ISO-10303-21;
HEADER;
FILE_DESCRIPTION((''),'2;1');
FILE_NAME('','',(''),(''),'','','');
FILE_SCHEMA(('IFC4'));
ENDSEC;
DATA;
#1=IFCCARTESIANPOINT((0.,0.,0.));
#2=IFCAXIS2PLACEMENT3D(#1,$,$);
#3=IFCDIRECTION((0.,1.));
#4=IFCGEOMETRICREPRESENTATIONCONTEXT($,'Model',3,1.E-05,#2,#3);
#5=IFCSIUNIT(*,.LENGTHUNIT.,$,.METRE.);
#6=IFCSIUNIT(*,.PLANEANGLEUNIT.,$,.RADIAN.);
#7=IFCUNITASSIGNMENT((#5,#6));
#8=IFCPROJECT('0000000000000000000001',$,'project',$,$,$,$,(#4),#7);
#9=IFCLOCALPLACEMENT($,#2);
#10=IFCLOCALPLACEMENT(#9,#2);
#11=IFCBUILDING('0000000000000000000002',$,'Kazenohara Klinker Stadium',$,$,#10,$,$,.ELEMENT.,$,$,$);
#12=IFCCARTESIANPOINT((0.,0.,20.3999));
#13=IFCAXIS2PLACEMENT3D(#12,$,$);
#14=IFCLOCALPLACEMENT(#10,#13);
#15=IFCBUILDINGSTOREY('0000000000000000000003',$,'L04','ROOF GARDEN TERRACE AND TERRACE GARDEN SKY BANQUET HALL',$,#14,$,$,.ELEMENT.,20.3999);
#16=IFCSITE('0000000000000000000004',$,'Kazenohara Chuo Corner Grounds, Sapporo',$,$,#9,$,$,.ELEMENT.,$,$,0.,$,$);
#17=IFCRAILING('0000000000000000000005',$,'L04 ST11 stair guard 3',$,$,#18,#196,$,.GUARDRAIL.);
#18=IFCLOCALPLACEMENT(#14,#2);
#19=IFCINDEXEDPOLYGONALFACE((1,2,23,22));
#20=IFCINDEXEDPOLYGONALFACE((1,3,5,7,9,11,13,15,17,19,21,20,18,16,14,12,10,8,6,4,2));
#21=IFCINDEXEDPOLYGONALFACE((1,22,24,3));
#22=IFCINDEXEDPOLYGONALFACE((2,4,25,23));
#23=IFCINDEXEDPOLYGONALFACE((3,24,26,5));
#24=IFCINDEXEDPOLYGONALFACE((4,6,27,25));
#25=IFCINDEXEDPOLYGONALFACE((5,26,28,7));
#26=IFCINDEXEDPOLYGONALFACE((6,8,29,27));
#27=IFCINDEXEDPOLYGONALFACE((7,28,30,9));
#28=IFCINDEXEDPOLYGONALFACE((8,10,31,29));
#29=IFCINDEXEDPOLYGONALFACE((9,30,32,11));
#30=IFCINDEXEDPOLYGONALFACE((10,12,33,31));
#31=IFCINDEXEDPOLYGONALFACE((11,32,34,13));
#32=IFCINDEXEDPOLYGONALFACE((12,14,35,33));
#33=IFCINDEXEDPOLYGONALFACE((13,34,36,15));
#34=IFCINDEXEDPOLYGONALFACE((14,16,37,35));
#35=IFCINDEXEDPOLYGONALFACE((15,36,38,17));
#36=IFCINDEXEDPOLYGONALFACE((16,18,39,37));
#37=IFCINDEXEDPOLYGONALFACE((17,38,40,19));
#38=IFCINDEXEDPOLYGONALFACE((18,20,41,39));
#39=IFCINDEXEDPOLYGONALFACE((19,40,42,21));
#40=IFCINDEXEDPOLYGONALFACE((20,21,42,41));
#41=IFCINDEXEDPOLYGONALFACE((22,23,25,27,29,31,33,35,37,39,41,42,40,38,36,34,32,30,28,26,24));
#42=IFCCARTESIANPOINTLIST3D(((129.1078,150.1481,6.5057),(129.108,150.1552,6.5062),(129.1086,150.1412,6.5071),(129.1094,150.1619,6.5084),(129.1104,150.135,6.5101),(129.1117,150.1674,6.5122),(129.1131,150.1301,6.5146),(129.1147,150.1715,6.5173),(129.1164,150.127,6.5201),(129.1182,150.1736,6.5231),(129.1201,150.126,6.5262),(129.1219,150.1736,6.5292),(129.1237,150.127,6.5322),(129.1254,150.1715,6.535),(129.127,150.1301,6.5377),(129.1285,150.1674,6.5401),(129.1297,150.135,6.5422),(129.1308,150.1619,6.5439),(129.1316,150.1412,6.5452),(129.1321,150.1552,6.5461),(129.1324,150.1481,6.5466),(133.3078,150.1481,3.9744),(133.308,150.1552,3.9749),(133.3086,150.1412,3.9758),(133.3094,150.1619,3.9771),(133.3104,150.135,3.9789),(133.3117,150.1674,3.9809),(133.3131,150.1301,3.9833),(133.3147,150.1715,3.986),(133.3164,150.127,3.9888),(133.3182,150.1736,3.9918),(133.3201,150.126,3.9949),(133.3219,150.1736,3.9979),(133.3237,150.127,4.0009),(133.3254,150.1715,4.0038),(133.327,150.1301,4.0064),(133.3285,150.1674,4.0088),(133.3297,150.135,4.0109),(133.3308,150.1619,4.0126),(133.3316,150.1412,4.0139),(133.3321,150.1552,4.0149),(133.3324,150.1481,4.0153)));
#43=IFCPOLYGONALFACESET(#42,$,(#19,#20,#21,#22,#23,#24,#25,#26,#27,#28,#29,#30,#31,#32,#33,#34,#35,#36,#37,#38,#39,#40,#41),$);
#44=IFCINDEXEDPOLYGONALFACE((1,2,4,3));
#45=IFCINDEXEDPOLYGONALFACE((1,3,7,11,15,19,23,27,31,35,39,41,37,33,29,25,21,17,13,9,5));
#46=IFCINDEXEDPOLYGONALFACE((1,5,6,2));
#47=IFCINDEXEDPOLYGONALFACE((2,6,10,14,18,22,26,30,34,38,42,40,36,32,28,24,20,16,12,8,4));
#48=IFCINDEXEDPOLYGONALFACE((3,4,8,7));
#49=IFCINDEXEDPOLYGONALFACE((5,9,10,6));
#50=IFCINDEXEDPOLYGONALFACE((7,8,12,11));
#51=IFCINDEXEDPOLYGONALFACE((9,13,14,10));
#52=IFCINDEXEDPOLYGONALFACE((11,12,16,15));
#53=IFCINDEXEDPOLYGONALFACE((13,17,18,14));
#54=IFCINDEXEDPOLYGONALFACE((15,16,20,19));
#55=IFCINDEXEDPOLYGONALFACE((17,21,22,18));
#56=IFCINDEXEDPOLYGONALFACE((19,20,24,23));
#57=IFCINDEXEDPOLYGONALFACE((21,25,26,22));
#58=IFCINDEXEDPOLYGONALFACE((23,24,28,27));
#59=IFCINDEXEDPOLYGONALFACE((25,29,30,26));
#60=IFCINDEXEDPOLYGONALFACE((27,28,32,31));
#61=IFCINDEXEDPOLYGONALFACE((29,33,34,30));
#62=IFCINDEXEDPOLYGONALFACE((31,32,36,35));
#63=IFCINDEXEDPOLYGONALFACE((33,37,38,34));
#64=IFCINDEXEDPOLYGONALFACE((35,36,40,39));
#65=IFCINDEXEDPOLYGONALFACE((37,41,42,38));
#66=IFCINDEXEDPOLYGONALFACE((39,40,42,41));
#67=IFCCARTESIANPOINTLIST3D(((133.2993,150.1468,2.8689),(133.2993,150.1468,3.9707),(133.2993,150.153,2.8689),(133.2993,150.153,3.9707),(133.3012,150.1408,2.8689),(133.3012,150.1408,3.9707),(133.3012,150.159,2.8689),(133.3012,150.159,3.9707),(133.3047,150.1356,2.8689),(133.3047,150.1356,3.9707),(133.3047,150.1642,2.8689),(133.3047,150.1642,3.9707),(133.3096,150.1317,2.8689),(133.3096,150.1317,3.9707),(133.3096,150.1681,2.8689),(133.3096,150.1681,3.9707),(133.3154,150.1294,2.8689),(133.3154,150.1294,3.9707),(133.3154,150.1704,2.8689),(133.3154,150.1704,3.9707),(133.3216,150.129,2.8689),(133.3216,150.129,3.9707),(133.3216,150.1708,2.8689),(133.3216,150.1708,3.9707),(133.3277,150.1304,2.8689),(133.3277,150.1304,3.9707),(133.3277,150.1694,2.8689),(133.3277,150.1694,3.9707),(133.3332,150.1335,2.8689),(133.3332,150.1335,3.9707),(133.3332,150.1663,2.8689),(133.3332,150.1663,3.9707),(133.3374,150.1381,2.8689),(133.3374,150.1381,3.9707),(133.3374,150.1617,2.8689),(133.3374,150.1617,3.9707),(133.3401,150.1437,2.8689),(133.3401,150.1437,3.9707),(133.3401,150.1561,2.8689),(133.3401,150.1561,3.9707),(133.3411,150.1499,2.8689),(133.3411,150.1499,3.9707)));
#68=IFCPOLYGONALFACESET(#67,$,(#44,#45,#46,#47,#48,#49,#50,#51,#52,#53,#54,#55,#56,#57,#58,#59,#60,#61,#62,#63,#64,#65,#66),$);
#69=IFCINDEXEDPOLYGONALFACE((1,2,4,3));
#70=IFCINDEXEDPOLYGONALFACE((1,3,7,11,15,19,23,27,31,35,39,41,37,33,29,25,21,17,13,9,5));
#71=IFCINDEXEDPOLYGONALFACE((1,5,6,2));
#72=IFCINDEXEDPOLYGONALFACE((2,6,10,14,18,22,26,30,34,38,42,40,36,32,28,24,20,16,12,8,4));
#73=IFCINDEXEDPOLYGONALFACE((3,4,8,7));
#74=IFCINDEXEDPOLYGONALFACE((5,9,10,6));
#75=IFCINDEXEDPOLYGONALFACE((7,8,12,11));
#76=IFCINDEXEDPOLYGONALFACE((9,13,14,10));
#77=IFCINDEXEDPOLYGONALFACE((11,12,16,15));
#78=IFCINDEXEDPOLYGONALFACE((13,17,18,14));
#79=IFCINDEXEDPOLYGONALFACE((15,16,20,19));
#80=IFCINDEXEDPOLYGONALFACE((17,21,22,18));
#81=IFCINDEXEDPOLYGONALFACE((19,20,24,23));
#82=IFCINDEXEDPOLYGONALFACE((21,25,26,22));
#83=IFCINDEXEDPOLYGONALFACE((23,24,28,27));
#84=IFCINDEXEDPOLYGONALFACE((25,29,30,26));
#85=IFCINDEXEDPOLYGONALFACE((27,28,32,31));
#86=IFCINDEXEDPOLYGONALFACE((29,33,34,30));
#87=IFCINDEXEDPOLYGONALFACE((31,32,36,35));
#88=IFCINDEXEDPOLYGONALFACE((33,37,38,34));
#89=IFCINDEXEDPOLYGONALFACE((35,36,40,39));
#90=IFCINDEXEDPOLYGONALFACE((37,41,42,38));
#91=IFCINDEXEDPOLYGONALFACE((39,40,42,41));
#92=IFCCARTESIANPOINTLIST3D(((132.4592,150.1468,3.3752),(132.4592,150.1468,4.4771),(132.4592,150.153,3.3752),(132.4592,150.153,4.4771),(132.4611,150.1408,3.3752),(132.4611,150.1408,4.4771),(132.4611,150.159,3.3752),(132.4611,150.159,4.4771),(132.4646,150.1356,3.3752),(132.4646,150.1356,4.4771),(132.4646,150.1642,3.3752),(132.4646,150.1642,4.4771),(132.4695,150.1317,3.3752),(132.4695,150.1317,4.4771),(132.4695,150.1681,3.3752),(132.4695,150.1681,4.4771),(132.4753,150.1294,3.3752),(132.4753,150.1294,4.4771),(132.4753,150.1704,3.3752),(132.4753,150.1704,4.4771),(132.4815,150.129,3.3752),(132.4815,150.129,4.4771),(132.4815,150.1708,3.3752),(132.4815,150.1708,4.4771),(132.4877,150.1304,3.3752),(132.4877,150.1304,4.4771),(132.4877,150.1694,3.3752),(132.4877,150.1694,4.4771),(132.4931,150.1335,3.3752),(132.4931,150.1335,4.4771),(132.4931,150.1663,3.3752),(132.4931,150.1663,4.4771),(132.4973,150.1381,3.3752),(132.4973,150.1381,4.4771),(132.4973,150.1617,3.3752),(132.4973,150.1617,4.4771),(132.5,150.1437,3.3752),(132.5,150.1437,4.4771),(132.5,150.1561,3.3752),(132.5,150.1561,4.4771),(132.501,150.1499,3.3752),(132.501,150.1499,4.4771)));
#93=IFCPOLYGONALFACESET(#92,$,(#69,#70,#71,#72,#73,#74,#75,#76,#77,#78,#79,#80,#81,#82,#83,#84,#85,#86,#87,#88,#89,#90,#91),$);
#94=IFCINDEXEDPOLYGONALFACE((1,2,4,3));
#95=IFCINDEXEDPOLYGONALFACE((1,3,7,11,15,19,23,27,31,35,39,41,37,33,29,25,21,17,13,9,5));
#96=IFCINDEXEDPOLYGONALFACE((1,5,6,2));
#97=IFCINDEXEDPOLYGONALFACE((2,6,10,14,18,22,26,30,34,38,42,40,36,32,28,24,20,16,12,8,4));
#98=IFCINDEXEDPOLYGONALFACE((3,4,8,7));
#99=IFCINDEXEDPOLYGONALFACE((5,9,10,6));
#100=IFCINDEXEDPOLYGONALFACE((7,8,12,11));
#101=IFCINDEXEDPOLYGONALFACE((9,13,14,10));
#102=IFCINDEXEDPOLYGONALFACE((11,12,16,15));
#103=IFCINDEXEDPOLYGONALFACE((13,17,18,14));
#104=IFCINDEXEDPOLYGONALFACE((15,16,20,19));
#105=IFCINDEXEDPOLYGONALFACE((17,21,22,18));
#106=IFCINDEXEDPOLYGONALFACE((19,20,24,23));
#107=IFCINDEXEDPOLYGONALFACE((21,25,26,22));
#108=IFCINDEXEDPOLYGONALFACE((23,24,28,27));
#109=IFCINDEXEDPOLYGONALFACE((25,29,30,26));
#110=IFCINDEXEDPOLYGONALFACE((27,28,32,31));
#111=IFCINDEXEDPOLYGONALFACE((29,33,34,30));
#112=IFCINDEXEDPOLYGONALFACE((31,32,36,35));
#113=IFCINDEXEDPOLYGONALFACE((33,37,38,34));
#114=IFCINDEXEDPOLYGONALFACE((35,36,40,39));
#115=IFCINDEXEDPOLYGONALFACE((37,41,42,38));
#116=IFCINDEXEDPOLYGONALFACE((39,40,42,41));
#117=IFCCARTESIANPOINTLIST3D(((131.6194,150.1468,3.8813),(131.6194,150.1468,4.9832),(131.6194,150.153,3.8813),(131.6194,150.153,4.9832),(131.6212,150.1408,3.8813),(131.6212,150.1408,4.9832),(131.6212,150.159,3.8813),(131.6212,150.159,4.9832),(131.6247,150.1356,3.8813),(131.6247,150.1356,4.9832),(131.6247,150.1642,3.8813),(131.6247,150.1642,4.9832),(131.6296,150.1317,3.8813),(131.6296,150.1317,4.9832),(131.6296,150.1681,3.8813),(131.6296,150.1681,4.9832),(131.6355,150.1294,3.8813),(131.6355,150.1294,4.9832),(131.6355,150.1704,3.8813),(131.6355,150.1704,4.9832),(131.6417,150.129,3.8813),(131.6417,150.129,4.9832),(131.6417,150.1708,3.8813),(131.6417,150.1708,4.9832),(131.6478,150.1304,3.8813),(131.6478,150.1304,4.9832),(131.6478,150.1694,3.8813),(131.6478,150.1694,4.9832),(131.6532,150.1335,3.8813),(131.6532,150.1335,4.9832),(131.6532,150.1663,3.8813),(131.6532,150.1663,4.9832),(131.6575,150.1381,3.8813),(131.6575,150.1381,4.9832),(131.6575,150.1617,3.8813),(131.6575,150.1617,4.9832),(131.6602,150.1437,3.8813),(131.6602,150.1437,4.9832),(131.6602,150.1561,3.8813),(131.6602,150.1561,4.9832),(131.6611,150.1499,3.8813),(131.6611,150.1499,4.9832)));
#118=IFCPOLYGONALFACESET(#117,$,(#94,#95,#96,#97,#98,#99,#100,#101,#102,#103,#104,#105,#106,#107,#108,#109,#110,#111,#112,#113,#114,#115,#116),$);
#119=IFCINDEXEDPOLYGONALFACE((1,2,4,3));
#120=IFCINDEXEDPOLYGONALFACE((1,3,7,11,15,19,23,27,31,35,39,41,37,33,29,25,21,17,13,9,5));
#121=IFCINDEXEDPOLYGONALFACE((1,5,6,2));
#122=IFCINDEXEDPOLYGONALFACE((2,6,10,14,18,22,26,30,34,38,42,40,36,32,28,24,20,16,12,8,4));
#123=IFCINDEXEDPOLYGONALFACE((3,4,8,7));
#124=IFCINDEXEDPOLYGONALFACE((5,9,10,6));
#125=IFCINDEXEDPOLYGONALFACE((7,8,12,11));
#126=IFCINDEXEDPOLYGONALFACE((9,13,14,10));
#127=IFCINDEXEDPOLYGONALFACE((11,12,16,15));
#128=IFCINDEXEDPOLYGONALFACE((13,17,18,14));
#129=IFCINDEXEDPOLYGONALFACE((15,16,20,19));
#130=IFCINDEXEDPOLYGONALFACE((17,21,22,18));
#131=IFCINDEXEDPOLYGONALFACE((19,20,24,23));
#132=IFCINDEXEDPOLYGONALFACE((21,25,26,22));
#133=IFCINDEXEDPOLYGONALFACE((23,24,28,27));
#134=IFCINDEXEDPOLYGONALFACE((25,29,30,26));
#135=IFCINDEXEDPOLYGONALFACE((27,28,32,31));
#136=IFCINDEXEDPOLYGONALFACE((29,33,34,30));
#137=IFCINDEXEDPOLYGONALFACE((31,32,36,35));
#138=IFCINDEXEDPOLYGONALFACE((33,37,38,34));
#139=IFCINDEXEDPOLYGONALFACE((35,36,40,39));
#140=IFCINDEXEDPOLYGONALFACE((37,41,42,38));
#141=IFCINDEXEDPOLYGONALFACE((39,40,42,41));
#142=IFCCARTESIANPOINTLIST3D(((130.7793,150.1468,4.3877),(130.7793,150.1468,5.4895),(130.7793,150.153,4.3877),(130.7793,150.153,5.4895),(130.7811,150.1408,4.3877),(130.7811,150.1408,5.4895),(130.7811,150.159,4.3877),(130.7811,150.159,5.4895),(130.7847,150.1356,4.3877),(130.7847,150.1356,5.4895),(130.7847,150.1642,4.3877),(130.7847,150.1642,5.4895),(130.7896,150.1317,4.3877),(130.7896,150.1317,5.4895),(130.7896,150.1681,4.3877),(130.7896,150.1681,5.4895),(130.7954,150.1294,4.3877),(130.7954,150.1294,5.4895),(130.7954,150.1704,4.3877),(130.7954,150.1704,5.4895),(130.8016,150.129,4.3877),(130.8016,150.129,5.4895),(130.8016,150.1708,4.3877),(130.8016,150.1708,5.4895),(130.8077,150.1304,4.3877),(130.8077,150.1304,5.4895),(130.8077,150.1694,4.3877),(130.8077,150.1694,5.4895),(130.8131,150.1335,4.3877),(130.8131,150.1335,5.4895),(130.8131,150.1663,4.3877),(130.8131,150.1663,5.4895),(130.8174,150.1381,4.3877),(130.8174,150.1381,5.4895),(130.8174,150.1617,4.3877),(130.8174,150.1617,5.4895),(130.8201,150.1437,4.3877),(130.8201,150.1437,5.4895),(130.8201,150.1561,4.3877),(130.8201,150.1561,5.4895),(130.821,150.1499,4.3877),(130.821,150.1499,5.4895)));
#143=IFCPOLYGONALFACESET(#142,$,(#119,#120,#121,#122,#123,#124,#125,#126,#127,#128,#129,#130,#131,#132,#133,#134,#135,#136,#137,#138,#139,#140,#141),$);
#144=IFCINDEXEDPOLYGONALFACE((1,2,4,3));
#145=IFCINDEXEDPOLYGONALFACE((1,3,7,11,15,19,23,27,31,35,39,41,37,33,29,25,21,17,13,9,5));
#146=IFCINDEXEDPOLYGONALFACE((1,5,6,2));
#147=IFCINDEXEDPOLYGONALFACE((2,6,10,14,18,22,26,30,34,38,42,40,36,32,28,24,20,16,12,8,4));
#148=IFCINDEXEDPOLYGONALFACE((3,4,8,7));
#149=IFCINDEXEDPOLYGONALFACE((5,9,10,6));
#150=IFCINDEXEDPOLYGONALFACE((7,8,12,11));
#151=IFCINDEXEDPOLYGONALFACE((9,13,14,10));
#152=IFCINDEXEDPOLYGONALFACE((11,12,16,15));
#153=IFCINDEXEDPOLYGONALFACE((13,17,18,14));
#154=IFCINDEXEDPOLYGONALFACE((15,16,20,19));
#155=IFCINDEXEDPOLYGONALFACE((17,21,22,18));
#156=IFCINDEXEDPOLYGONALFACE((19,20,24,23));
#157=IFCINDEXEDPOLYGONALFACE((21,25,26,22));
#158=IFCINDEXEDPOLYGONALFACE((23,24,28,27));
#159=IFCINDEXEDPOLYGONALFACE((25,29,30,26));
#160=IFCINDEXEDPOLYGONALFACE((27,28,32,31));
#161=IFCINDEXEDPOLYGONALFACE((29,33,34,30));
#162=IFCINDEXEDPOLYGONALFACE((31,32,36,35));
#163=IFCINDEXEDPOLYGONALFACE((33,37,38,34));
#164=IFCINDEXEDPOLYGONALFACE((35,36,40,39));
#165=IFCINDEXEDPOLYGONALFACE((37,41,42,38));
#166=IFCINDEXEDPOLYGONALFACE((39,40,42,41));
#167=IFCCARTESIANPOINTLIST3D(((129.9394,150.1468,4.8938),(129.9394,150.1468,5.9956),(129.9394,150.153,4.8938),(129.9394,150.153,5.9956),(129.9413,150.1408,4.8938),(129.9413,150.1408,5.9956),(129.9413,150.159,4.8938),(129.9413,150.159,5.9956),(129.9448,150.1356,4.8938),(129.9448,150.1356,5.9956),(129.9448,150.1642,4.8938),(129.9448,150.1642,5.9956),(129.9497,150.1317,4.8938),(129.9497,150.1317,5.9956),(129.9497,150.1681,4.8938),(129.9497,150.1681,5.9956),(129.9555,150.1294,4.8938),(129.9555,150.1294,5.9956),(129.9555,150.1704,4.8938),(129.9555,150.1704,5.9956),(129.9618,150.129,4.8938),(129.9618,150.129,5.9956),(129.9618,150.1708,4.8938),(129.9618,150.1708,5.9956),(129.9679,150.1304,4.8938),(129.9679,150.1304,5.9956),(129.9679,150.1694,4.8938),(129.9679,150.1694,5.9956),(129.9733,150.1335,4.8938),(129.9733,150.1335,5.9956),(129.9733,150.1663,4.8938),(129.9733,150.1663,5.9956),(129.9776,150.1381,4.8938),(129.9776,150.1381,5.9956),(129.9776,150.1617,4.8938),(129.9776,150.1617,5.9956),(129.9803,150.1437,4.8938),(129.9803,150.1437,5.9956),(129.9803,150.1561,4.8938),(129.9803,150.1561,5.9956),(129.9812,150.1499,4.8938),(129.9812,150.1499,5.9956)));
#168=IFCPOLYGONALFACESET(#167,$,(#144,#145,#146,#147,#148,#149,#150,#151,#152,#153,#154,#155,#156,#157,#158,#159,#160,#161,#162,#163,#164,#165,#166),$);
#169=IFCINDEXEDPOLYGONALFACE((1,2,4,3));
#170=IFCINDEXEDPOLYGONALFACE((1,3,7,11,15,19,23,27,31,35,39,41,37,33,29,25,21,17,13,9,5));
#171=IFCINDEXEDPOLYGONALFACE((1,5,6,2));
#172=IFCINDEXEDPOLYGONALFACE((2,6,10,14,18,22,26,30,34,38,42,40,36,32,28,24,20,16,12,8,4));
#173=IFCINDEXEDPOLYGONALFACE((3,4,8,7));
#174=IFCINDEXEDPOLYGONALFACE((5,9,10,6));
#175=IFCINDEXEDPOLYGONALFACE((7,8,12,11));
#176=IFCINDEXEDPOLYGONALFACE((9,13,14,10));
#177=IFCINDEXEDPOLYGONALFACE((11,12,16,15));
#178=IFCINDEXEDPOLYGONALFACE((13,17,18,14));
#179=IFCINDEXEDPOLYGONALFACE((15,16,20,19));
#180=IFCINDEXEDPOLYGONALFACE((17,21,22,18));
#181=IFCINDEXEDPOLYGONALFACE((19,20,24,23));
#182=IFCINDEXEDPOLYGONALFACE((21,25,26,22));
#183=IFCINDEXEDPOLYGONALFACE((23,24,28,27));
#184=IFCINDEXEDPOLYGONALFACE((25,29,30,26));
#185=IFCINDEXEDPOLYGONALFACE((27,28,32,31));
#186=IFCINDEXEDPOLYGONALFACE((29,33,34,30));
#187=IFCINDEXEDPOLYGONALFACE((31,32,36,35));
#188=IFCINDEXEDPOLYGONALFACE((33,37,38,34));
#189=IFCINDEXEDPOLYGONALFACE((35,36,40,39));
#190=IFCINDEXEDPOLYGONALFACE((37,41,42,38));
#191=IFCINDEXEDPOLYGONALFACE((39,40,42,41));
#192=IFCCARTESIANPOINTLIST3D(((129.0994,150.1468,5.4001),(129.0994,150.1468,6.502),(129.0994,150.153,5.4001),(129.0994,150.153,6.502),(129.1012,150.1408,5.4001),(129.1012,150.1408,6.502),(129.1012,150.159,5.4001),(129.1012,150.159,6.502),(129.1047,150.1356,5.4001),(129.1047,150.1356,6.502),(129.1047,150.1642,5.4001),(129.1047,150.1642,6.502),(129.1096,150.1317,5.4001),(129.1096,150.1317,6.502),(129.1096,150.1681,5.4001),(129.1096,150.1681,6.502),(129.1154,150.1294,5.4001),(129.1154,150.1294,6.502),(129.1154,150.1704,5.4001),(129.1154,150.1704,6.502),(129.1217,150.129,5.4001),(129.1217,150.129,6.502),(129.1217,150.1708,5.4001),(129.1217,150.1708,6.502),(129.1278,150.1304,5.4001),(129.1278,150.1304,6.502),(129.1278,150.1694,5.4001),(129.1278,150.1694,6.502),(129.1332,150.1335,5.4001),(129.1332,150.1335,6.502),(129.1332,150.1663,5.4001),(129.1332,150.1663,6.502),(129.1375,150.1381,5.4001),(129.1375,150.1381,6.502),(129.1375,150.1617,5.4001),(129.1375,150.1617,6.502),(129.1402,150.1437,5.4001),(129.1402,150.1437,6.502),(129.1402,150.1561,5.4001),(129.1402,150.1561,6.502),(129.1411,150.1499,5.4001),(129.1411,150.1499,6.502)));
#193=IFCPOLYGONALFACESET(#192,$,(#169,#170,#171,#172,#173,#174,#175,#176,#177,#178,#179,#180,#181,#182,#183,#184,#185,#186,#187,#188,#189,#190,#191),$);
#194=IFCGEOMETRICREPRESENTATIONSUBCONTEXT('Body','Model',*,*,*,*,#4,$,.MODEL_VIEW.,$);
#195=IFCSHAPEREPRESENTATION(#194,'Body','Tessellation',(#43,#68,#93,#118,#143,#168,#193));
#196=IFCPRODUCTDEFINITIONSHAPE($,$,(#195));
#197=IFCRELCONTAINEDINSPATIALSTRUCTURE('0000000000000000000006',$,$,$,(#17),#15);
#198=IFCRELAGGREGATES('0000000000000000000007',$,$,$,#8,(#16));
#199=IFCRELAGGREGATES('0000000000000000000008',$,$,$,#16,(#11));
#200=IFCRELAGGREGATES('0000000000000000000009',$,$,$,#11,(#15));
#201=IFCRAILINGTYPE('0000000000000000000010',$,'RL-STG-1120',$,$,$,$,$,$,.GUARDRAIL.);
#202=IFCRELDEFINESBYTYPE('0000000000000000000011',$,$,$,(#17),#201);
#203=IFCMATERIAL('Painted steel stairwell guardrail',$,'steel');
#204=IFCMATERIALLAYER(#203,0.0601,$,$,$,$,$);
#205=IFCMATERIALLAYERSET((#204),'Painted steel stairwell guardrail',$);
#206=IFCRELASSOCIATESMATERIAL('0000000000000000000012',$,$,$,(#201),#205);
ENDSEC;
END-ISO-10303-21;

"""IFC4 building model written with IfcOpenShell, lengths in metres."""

from ifc_helpers import new_model, si_unit, direction, frame, origin, origin_2d, place, context, subcontext, project, spatial, circle, extrude, material, layer, layer_set, type_object, element, save


model = new_model("IFC4")

# Units and contexts
model_context = context("Model", 3, precision=1e-05, world=origin(), true_north=direction((0.0, 1.0)))
body_context = subcontext(model_context, "Body", "Model", "MODEL_VIEW")
ifc_project = project(units=[si_unit("LENGTHUNIT", "METRE"), si_unit("PLANEANGLEUNIT", "RADIAN")], contexts=[model_context])

# Site, building, storey
site_placement = place(None, origin())
site = spatial("IfcSite", under=ifc_project, at=site_placement, Name="Kazenohara Chuo Corner Grounds, Sapporo", CompositionType="ELEMENT", RefElevation=0.0)
building_placement = place(site_placement, origin())
building = spatial("IfcBuilding", under=site, at=building_placement, Name="Kazenohara Klinker Stadium", CompositionType="ELEMENT")
storey_placement = place(building_placement, frame((0.0, 0.0, 20.3999)))
storey = spatial("IfcBuildingStorey", under=building, at=storey_placement, Name="L04", Description="ROOF GARDEN TERRACE AND TERRACE GARDEN SKY BANQUET HALL", CompositionType="ELEMENT", Elevation=20.3999)

# Railing
ifc_material_1 = material(Name="Painted steel stairwell guardrail", Category="steel")
ifc_layer_1 = layer(ifc_material_1, 0.0601)
ifc_layer_set_1 = layer_set([ifc_layer_1], Name="Painted steel stairwell guardrail")
railing_type_1 = type_object("IfcRailingType", Name="RL-STG-1120", PredefinedType="GUARDRAIL", material=ifc_layer_set_1)
railing_1_placement = place(storey_placement, frame((133.3201, 150.1499, 2.8689)))
element("IfcRailing", 1, at=railing_1_placement, inside=storey, type_object=railing_type_1, Name="L04 ST11 stair guard 3", PredefinedType="GUARDRAIL", context=body_context, shape_type="SweptSolid", body=[
    extrude(circle(Radius=0.0239, at=origin_2d()), frame((0.0, 0.0, 1.126), z_axis=(-0.856476, 0.0, 0.516186), x_axis=(0.0, -1.0, 0.0)), (0.0, 0.0, 1.0), 4.9038),
    extrude(circle(Radius=0.021, at=origin_2d()), origin(), (0.0, 0.0, 1.0), 1.1018),
    extrude(circle(Radius=0.021, at=origin_2d()), frame((-0.8401, 0.0, 0.5063)), (0.0, 0.0, 1.0), 1.1018),
    extrude(circle(Radius=0.021, at=origin_2d()), frame((-1.6799, 0.0, 1.0125)), (0.0, 0.0, 1.0), 1.1018),
    extrude(circle(Radius=0.021, at=origin_2d()), frame((-2.52, 0.0, 1.5188)), (0.0, 0.0, 1.0), 1.1018),
    extrude(circle(Radius=0.021, at=origin_2d()), frame((-3.3599, 0.0, 2.0249)), (0.0, 0.0, 1.0), 1.1018),
    extrude(circle(Radius=0.021, at=origin_2d()), frame((-4.2, 0.0, 2.5312)), (0.0, 0.0, 1.0), 1.1018),
])

save(model, "model.ifc")
